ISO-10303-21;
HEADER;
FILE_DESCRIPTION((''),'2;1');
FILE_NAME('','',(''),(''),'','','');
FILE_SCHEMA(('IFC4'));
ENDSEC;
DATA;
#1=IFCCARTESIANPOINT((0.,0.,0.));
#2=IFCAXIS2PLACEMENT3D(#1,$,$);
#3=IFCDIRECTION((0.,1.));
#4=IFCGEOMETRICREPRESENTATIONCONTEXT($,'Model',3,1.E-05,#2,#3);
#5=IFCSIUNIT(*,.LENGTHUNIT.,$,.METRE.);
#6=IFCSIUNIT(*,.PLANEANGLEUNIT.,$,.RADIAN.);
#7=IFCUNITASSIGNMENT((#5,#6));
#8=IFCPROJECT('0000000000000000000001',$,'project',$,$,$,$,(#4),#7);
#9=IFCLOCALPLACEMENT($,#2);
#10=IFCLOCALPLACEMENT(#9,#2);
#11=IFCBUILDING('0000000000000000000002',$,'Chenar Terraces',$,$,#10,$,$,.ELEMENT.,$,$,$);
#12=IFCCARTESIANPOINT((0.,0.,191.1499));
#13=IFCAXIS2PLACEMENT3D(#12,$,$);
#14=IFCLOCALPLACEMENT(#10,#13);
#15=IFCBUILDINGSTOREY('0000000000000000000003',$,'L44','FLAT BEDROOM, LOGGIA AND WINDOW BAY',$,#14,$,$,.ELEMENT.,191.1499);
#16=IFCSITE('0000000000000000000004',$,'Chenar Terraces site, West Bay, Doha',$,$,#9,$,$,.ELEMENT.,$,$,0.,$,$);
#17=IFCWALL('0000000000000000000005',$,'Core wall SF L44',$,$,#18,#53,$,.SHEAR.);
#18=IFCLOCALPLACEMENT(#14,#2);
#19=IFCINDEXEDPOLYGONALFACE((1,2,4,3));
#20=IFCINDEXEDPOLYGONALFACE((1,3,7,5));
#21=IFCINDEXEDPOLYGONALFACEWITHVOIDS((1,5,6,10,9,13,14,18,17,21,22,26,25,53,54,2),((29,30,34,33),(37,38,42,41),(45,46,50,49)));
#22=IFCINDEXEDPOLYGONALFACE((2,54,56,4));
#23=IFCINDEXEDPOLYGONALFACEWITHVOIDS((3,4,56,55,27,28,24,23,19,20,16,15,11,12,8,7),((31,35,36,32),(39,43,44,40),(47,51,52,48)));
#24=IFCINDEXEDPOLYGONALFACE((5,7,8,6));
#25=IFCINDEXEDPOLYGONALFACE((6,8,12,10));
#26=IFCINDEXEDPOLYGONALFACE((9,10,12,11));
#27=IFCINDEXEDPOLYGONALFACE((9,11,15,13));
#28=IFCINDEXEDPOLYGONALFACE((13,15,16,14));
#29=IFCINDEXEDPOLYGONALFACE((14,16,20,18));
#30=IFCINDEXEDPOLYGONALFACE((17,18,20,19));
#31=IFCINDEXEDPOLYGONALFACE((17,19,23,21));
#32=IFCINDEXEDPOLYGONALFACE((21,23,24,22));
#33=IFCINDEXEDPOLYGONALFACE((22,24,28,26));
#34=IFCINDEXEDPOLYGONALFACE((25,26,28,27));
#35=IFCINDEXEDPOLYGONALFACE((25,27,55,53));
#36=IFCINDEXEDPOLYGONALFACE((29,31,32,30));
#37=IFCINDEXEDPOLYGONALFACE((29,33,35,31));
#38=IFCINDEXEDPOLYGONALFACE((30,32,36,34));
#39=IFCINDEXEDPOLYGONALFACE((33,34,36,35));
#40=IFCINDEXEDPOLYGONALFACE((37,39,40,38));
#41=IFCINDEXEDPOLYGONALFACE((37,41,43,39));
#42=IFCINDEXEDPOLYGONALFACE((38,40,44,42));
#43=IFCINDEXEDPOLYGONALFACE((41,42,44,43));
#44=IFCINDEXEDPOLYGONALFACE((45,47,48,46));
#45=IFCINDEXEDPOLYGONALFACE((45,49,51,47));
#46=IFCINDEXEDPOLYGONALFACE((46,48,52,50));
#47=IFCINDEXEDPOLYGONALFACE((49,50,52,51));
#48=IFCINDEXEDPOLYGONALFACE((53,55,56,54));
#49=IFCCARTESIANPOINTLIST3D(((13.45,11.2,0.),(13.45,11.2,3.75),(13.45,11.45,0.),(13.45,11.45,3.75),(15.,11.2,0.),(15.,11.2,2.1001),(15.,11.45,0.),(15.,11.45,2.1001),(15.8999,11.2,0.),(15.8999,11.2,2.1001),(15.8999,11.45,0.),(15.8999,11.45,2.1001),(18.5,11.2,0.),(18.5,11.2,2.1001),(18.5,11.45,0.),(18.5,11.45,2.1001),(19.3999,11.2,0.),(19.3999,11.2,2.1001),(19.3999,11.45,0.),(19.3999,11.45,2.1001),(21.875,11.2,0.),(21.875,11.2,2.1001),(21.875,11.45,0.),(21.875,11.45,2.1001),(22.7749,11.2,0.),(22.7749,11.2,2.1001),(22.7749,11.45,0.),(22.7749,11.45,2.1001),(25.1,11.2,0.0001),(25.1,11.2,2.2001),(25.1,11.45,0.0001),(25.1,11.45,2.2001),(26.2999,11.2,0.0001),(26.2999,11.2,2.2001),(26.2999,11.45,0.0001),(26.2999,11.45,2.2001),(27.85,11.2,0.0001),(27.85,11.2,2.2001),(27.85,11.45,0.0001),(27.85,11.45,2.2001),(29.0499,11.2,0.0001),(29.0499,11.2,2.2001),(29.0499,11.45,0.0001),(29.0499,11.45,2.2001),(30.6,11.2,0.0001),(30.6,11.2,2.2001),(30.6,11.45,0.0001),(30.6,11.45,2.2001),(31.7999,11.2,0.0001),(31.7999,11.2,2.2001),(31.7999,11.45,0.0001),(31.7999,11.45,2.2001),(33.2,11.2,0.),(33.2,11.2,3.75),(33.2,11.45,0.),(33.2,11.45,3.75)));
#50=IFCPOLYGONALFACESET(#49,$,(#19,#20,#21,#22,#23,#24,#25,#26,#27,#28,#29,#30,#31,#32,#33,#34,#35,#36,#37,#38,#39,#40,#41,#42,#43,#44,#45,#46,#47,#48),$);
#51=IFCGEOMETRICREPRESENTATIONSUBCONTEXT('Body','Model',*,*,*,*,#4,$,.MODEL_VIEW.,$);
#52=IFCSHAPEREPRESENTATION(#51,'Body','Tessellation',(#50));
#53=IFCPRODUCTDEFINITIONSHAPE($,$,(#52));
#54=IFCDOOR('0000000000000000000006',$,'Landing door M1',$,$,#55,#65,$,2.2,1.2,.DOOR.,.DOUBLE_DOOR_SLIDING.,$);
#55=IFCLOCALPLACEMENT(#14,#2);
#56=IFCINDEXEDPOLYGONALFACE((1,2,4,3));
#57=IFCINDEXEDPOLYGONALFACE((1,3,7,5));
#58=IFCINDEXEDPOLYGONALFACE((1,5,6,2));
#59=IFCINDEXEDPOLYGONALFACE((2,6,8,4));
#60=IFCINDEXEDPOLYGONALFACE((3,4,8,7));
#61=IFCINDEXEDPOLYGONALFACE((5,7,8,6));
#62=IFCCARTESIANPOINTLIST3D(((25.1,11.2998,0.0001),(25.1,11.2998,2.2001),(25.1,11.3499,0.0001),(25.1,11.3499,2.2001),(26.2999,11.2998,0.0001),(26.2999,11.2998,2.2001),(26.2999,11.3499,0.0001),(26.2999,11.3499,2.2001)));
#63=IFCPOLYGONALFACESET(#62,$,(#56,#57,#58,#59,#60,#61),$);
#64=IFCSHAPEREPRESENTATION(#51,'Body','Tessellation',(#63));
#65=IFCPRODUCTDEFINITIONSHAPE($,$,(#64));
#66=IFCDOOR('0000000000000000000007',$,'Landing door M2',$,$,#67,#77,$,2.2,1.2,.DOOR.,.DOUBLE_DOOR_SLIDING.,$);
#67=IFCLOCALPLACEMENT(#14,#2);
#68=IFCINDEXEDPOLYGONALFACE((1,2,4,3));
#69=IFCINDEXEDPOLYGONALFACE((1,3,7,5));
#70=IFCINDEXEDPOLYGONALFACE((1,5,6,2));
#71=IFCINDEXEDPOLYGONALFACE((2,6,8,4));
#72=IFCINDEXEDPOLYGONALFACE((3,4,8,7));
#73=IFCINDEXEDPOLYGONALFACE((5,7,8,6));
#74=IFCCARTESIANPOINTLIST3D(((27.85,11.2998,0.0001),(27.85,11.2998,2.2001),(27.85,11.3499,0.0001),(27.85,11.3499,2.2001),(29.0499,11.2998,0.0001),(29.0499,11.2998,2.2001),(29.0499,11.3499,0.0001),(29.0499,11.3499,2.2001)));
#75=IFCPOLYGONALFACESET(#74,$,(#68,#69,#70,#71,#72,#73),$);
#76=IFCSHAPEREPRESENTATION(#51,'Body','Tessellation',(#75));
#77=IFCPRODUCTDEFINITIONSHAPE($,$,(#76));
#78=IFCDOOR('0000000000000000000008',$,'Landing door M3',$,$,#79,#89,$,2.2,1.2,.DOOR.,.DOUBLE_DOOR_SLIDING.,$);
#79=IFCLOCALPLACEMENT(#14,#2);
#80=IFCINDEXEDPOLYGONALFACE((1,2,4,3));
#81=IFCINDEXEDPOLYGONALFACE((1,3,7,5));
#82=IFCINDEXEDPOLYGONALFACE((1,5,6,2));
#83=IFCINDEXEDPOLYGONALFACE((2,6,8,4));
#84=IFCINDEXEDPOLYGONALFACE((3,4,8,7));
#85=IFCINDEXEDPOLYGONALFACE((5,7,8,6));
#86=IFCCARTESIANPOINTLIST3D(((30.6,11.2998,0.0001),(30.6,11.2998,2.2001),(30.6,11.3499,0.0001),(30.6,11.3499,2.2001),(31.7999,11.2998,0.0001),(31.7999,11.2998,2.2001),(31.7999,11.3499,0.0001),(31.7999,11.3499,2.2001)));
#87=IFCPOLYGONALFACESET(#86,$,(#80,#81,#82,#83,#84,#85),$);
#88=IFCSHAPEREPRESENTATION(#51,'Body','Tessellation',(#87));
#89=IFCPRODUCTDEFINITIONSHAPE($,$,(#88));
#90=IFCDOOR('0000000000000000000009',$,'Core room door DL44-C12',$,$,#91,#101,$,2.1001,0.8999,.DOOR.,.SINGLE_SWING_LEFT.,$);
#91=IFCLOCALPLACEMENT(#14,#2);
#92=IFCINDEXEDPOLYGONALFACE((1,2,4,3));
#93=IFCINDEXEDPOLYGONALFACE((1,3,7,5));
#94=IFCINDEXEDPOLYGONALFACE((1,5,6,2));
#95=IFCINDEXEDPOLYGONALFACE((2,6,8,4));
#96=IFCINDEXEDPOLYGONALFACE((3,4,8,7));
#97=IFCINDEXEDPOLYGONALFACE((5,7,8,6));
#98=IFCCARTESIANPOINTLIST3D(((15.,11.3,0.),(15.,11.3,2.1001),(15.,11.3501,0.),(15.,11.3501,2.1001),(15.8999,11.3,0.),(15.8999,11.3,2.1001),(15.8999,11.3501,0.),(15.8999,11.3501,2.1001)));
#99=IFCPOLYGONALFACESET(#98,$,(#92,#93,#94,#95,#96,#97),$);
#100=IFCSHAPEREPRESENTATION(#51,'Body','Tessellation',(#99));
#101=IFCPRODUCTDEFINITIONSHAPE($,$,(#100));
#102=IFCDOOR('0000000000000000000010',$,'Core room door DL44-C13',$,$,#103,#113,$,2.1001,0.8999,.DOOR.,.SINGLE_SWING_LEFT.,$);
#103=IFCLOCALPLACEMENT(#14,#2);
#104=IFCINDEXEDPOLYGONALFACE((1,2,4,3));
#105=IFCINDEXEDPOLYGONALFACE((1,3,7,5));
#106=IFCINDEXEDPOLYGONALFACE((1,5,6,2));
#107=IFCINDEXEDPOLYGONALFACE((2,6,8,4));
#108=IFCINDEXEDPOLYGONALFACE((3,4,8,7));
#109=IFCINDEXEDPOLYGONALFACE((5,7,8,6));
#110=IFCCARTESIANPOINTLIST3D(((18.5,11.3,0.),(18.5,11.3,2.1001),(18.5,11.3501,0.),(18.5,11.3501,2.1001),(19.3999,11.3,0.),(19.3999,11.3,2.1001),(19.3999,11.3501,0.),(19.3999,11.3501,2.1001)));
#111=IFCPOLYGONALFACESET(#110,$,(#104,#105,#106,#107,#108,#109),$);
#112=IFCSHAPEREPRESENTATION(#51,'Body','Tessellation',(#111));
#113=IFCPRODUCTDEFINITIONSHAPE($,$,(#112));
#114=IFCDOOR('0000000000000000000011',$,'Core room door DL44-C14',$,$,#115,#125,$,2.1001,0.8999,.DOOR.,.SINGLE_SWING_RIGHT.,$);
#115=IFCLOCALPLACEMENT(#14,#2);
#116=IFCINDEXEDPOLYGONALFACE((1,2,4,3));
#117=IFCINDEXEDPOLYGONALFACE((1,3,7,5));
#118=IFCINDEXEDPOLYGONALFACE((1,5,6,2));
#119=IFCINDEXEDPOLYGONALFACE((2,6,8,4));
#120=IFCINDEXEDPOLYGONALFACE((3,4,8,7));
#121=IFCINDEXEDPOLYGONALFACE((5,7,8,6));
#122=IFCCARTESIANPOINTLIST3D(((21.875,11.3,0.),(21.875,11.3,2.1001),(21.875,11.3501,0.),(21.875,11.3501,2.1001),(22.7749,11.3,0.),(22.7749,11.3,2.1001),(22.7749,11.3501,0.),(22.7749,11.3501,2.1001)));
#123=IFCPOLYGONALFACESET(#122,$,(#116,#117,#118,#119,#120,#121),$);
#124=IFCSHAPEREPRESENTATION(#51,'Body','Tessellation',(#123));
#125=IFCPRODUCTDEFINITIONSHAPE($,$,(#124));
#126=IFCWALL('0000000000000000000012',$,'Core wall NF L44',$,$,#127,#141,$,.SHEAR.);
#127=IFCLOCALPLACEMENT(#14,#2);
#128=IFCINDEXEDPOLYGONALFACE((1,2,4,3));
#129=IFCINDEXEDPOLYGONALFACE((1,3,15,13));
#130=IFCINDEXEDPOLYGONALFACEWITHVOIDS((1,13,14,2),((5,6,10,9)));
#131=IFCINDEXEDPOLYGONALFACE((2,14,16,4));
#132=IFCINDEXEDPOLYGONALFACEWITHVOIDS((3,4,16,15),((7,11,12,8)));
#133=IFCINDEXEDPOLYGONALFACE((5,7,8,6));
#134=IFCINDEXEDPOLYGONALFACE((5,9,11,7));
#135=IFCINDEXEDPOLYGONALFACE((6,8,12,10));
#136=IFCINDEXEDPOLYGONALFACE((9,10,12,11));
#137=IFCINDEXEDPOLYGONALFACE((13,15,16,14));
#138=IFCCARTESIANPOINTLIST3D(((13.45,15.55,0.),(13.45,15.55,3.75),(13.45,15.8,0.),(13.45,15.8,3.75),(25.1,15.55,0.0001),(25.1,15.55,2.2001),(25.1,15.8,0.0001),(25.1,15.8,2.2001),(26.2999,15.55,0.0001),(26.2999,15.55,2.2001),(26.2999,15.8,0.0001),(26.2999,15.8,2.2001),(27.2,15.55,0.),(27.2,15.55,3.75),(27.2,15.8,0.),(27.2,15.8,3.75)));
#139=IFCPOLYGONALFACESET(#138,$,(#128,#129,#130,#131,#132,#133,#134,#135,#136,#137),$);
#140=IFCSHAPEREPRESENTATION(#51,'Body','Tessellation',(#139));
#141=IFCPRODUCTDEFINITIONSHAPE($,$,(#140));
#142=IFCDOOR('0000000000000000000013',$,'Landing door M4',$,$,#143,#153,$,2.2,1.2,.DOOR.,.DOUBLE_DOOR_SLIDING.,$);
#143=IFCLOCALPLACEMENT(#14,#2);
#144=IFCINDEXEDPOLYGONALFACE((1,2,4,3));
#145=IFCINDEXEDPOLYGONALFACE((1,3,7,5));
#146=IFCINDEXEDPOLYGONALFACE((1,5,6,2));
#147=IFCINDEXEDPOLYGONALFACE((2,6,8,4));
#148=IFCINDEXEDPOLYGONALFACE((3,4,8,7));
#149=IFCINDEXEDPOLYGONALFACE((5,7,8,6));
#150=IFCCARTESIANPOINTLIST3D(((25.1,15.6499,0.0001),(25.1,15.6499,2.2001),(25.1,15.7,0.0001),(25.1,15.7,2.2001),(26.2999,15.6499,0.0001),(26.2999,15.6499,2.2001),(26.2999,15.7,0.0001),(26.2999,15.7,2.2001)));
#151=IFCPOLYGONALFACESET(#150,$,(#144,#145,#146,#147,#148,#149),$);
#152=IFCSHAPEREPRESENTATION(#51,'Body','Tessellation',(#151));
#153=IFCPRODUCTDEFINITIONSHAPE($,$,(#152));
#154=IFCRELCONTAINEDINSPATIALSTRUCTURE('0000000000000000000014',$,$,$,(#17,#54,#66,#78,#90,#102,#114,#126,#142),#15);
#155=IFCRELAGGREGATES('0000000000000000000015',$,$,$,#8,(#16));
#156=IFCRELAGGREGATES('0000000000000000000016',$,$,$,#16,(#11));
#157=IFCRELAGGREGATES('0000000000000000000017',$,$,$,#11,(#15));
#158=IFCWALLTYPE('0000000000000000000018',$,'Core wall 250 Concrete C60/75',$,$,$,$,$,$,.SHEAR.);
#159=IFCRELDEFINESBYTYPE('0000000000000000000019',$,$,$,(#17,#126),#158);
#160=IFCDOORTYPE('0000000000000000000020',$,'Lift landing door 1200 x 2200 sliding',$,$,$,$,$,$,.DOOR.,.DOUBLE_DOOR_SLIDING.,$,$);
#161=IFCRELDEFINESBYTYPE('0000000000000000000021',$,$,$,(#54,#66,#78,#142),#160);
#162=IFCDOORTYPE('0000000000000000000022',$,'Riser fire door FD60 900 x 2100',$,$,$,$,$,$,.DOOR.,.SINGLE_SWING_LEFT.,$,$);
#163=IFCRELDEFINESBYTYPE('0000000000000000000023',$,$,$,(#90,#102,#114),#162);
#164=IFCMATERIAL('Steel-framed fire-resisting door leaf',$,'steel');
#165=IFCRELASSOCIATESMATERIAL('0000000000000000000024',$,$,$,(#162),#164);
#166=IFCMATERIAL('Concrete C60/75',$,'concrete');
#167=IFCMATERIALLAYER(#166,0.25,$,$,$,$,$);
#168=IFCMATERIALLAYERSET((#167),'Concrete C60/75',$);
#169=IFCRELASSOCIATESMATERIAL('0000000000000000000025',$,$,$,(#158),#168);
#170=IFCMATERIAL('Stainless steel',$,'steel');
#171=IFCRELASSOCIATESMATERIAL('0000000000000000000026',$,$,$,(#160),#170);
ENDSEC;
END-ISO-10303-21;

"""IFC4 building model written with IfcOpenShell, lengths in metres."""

from ifc_helpers import new_model, si_unit, direction, frame, frame_2d, origin, place, context, subcontext, project, spatial, rectangle, extrude, material, layer, layer_set, type_object, element, fill, save


model = new_model("IFC4")

# Units and contexts
model_context = context("Model", 3, precision=1e-05, world=origin(), true_north=direction((0.0, 1.0)))
body_context = subcontext(model_context, "Body", "Model", "MODEL_VIEW")
ifc_project = project(units=[si_unit("LENGTHUNIT", "METRE"), si_unit("PLANEANGLEUNIT", "RADIAN")], contexts=[model_context])

# Site, building, storey
site_placement = place(None, origin())
site = spatial("IfcSite", under=ifc_project, at=site_placement, Name="Chenar Terraces site, West Bay, Doha", CompositionType="ELEMENT", RefElevation=0.0)
building_placement = place(site_placement, origin())
building = spatial("IfcBuilding", under=site, at=building_placement, Name="Chenar Terraces", CompositionType="ELEMENT")
storey_placement = place(building_placement, frame((0.0, 0.0, 191.1499)))
storey = spatial("IfcBuildingStorey", under=building, at=storey_placement, Name="L44", Description="FLAT BEDROOM, LOGGIA AND WINDOW BAY", CompositionType="ELEMENT", Elevation=191.1499)

# Shared definitions
ifc_material_1 = material(Name="Steel-framed fire-resisting door leaf", Category="steel")
door_type_1 = type_object("IfcDoorType", Name="Riser fire door FD60 900 x 2100", OperationType="SINGLE_SWING_LEFT", PredefinedType="DOOR", material=ifc_material_1)

# Shared definitions
ifc_material_2 = material(Name="Concrete C60/75", Category="concrete")
ifc_layer_1 = layer(ifc_material_2, 0.25)
ifc_layer_set_1 = layer_set([ifc_layer_1], Name="Concrete C60/75")
wall_type_1 = type_object("IfcWallType", Name="Core wall 250 Concrete C60/75", PredefinedType="SHEAR", material=ifc_layer_set_1)

# Wall, openings, doors
wall_1_placement = place(storey_placement, frame((13.45, 11.325, 0.0), z_axis=(0.0, 0.0, 1.0), x_axis=(1.0, 0.0, 0.0)))
wall_1 = element("IfcWall", 1, at=wall_1_placement, inside=storey, type_object=wall_type_1, Name="Core wall SF L44", PredefinedType="SHEAR", context=body_context, shape_type="SweptSolid", body=[
    extrude(rectangle(XDim=19.75, YDim=0.25, at=frame_2d((9.875, 0.0))), origin(), (0.0, 0.0, 1.0), 3.75),
])
opening_1_placement = place(wall_1_placement, frame((11.6499, 0.0, 0.0)))
opening_1 = element("IfcOpeningElement", 2, at=opening_1_placement, cuts=wall_1, PredefinedType="OPENING", context=body_context, shape_type="SweptSolid", body=[
    extrude(rectangle(XDim=1.2, YDim=2.2, at=frame_2d((0.6001, 1.1001))), frame((0.0, 0.135, 0.0), z_axis=(0.0, -1.0, 0.0), x_axis=(1.0, 0.0, 0.0)), (0.0, 0.0, 1.0), 0.27),
])
opening_2_placement = place(wall_1_placement, frame((14.3999, 0.0, 0.0)))
opening_2 = element("IfcOpeningElement", 3, at=opening_2_placement, cuts=wall_1, PredefinedType="OPENING", context=body_context, shape_type="SweptSolid", body=[
    extrude(rectangle(XDim=1.2, YDim=2.2, at=frame_2d((0.6001, 1.1001))), frame((0.0, 0.135, 0.0), z_axis=(0.0, -1.0, 0.0), x_axis=(1.0, 0.0, 0.0)), (0.0, 0.0, 1.0), 0.27),
])
opening_3_placement = place(wall_1_placement, frame((17.1499, 0.0, 0.0)))
opening_3 = element("IfcOpeningElement", 4, at=opening_3_placement, cuts=wall_1, PredefinedType="OPENING", context=body_context, shape_type="SweptSolid", body=[
    extrude(rectangle(XDim=1.2, YDim=2.2, at=frame_2d((0.6001, 1.1001))), frame((0.0, 0.135, 0.0), z_axis=(0.0, -1.0, 0.0), x_axis=(1.0, 0.0, 0.0)), (0.0, 0.0, 1.0), 0.27),
])
opening_4_placement = place(wall_1_placement, frame((1.55, 0.0, 0.0)))
opening_4 = element("IfcOpeningElement", 5, at=opening_4_placement, cuts=wall_1, PredefinedType="OPENING", context=body_context, shape_type="SweptSolid", body=[
    extrude(rectangle(XDim=0.8999, YDim=2.1001, at=frame_2d((0.45, 1.05))), frame((0.0, 0.135, 0.0), z_axis=(0.0, -1.0, 0.0), x_axis=(1.0, 0.0, 0.0)), (0.0, 0.0, 1.0), 0.27),
])
opening_5_placement = place(wall_1_placement, frame((5.05, 0.0, 0.0)))
opening_5 = element("IfcOpeningElement", 6, at=opening_5_placement, cuts=wall_1, PredefinedType="OPENING", context=body_context, shape_type="SweptSolid", body=[
    extrude(rectangle(XDim=0.8999, YDim=2.1001, at=frame_2d((0.45, 1.05))), frame((0.0, 0.135, 0.0), z_axis=(0.0, -1.0, 0.0), x_axis=(1.0, 0.0, 0.0)), (0.0, 0.0, 1.0), 0.27),
])
opening_6_placement = place(wall_1_placement, frame((8.425, 0.0, 0.0)))
opening_6 = element("IfcOpeningElement", 7, at=opening_6_placement, cuts=wall_1, PredefinedType="OPENING", context=body_context, shape_type="SweptSolid", body=[
    extrude(rectangle(XDim=0.8999, YDim=2.1001, at=frame_2d((0.45, 1.05))), frame((0.0, 0.135, 0.0), z_axis=(0.0, -1.0, 0.0), x_axis=(1.0, 0.0, 0.0)), (0.0, 0.0, 1.0), 0.27),
])
ifc_material_3 = material(Name="Stainless steel", Category="steel")
door_type_2 = type_object("IfcDoorType", Name="Lift landing door 1200 x 2200 sliding", OperationType="DOUBLE_DOOR_SLIDING", PredefinedType="DOOR", material=ifc_material_3)
door_1_placement = place(opening_1_placement, origin())
door_1 = element("IfcDoor", 8, at=door_1_placement, inside=storey, type_object=door_type_2, Name="Landing door M1", OperationType="DOUBLE_DOOR_SLIDING", OverallHeight=2.2, OverallWidth=1.2, PredefinedType="DOOR", context=body_context, shape_type="SweptSolid", body=[
    extrude(rectangle(XDim=1.2, YDim=2.2, at=frame_2d((0.6001, 1.1001))), frame((0.0, 0.0249, 0.0), z_axis=(0.0, -1.0, 0.0), x_axis=(1.0, 0.0, 0.0)), (0.0, 0.0, 1.0), 0.05),
])
fill(opening_1, door_1)
door_2_placement = place(opening_2_placement, origin())
door_2 = element("IfcDoor", 9, at=door_2_placement, inside=storey, type_object=door_type_2, Name="Landing door M2", OperationType="DOUBLE_DOOR_SLIDING", OverallHeight=2.2, OverallWidth=1.2, PredefinedType="DOOR", context=body_context, shape_type="SweptSolid", body=[
    extrude(rectangle(XDim=1.2, YDim=2.2, at=frame_2d((0.6001, 1.1001))), frame((0.0, 0.0249, 0.0), z_axis=(0.0, -1.0, 0.0), x_axis=(1.0, 0.0, 0.0)), (0.0, 0.0, 1.0), 0.05),
])
fill(opening_2, door_2)
door_3_placement = place(opening_3_placement, origin())
door_3 = element("IfcDoor", 10, at=door_3_placement, inside=storey, type_object=door_type_2, Name="Landing door M3", OperationType="DOUBLE_DOOR_SLIDING", OverallHeight=2.2, OverallWidth=1.2, PredefinedType="DOOR", context=body_context, shape_type="SweptSolid", body=[
    extrude(rectangle(XDim=1.2, YDim=2.2, at=frame_2d((0.6001, 1.1001))), frame((0.0, 0.0249, 0.0), z_axis=(0.0, -1.0, 0.0), x_axis=(1.0, 0.0, 0.0)), (0.0, 0.0, 1.0), 0.05),
])
fill(opening_3, door_3)
door_4_placement = place(opening_4_placement, frame((0.8999, 0.0, 0.0), z_axis=(0.0, 0.0, 1.0), x_axis=(-1.0, 0.0, 0.0)))
door_4 = element("IfcDoor", 11, at=door_4_placement, inside=storey, type_object=door_type_1, Name="Core room door DL44-C12", OperationType="SINGLE_SWING_LEFT", OverallHeight=2.1001, OverallWidth=0.8999, PredefinedType="DOOR", context=body_context, shape_type="SweptSolid", body=[
    extrude(rectangle(XDim=0.8999, YDim=2.1001, at=frame_2d((0.45, 1.05))), frame((0.0, 0.0249, 0.0), z_axis=(0.0, -1.0, 0.0), x_axis=(1.0, 0.0, 0.0)), (0.0, 0.0, 1.0), 0.05),
])
fill(opening_4, door_4)
door_5_placement = place(opening_5_placement, frame((0.8999, 0.0, 0.0), z_axis=(0.0, 0.0, 1.0), x_axis=(-1.0, 0.0, 0.0)))
door_5 = element("IfcDoor", 12, at=door_5_placement, inside=storey, type_object=door_type_1, Name="Core room door DL44-C13", OperationType="SINGLE_SWING_LEFT", OverallHeight=2.1001, OverallWidth=0.8999, PredefinedType="DOOR", context=body_context, shape_type="SweptSolid", body=[
    extrude(rectangle(XDim=0.8999, YDim=2.1001, at=frame_2d((0.45, 1.05))), frame((0.0, 0.0249, 0.0), z_axis=(0.0, -1.0, 0.0), x_axis=(1.0, 0.0, 0.0)), (0.0, 0.0, 1.0), 0.05),
])
fill(opening_5, door_5)
door_6_placement = place(opening_6_placement, frame((0.8999, 0.0, 0.0), z_axis=(0.0, 0.0, 1.0), x_axis=(-1.0, 0.0, 0.0)))
door_6 = element("IfcDoor", 13, at=door_6_placement, inside=storey, type_object=door_type_1, Name="Core room door DL44-C14", OperationType="SINGLE_SWING_RIGHT", OverallHeight=2.1001, OverallWidth=0.8999, PredefinedType="DOOR", context=body_context, shape_type="SweptSolid", body=[
    extrude(rectangle(XDim=0.8999, YDim=2.1001, at=frame_2d((0.45, 1.05))), frame((0.0, 0.0249, 0.0), z_axis=(0.0, -1.0, 0.0), x_axis=(1.0, 0.0, 0.0)), (0.0, 0.0, 1.0), 0.05),
])
fill(opening_6, door_6)

# Wall, opening, door
wall_2_placement = place(storey_placement, frame((13.45, 15.675, 0.0), z_axis=(0.0, 0.0, 1.0), x_axis=(1.0, 0.0, 0.0)))
wall_2 = element("IfcWall", 14, at=wall_2_placement, inside=storey, type_object=wall_type_1, Name="Core wall NF L44", PredefinedType="SHEAR", context=body_context, shape_type="SweptSolid", body=[
    extrude(rectangle(XDim=13.75, YDim=0.25, at=frame_2d((6.875, 0.0))), origin(), (0.0, 0.0, 1.0), 3.75),
])
opening_7_placement = place(wall_2_placement, frame((11.6499, 0.0, 0.0)))
opening_7 = element("IfcOpeningElement", 15, at=opening_7_placement, cuts=wall_2, PredefinedType="OPENING", context=body_context, shape_type="SweptSolid", body=[
    extrude(rectangle(XDim=1.2, YDim=2.2, at=frame_2d((0.6001, 1.1001))), frame((0.0, 0.135, 0.0), z_axis=(0.0, -1.0, 0.0), x_axis=(1.0, 0.0, 0.0)), (0.0, 0.0, 1.0), 0.27),
])
door_7_placement = place(opening_7_placement, origin())
door_7 = element("IfcDoor", 16, at=door_7_placement, inside=storey, type_object=door_type_2, Name="Landing door M4", OperationType="DOUBLE_DOOR_SLIDING", OverallHeight=2.2, OverallWidth=1.2, PredefinedType="DOOR", context=body_context, shape_type="SweptSolid", body=[
    extrude(rectangle(XDim=1.2, YDim=2.2, at=frame_2d((0.6001, 1.1001))), frame((0.0, 0.0249, 0.0), z_axis=(0.0, -1.0, 0.0), x_axis=(1.0, 0.0, 0.0)), (0.0, 0.0, 1.0), 0.05),
])
fill(opening_7, door_7)

save(model, "model.ifc")
